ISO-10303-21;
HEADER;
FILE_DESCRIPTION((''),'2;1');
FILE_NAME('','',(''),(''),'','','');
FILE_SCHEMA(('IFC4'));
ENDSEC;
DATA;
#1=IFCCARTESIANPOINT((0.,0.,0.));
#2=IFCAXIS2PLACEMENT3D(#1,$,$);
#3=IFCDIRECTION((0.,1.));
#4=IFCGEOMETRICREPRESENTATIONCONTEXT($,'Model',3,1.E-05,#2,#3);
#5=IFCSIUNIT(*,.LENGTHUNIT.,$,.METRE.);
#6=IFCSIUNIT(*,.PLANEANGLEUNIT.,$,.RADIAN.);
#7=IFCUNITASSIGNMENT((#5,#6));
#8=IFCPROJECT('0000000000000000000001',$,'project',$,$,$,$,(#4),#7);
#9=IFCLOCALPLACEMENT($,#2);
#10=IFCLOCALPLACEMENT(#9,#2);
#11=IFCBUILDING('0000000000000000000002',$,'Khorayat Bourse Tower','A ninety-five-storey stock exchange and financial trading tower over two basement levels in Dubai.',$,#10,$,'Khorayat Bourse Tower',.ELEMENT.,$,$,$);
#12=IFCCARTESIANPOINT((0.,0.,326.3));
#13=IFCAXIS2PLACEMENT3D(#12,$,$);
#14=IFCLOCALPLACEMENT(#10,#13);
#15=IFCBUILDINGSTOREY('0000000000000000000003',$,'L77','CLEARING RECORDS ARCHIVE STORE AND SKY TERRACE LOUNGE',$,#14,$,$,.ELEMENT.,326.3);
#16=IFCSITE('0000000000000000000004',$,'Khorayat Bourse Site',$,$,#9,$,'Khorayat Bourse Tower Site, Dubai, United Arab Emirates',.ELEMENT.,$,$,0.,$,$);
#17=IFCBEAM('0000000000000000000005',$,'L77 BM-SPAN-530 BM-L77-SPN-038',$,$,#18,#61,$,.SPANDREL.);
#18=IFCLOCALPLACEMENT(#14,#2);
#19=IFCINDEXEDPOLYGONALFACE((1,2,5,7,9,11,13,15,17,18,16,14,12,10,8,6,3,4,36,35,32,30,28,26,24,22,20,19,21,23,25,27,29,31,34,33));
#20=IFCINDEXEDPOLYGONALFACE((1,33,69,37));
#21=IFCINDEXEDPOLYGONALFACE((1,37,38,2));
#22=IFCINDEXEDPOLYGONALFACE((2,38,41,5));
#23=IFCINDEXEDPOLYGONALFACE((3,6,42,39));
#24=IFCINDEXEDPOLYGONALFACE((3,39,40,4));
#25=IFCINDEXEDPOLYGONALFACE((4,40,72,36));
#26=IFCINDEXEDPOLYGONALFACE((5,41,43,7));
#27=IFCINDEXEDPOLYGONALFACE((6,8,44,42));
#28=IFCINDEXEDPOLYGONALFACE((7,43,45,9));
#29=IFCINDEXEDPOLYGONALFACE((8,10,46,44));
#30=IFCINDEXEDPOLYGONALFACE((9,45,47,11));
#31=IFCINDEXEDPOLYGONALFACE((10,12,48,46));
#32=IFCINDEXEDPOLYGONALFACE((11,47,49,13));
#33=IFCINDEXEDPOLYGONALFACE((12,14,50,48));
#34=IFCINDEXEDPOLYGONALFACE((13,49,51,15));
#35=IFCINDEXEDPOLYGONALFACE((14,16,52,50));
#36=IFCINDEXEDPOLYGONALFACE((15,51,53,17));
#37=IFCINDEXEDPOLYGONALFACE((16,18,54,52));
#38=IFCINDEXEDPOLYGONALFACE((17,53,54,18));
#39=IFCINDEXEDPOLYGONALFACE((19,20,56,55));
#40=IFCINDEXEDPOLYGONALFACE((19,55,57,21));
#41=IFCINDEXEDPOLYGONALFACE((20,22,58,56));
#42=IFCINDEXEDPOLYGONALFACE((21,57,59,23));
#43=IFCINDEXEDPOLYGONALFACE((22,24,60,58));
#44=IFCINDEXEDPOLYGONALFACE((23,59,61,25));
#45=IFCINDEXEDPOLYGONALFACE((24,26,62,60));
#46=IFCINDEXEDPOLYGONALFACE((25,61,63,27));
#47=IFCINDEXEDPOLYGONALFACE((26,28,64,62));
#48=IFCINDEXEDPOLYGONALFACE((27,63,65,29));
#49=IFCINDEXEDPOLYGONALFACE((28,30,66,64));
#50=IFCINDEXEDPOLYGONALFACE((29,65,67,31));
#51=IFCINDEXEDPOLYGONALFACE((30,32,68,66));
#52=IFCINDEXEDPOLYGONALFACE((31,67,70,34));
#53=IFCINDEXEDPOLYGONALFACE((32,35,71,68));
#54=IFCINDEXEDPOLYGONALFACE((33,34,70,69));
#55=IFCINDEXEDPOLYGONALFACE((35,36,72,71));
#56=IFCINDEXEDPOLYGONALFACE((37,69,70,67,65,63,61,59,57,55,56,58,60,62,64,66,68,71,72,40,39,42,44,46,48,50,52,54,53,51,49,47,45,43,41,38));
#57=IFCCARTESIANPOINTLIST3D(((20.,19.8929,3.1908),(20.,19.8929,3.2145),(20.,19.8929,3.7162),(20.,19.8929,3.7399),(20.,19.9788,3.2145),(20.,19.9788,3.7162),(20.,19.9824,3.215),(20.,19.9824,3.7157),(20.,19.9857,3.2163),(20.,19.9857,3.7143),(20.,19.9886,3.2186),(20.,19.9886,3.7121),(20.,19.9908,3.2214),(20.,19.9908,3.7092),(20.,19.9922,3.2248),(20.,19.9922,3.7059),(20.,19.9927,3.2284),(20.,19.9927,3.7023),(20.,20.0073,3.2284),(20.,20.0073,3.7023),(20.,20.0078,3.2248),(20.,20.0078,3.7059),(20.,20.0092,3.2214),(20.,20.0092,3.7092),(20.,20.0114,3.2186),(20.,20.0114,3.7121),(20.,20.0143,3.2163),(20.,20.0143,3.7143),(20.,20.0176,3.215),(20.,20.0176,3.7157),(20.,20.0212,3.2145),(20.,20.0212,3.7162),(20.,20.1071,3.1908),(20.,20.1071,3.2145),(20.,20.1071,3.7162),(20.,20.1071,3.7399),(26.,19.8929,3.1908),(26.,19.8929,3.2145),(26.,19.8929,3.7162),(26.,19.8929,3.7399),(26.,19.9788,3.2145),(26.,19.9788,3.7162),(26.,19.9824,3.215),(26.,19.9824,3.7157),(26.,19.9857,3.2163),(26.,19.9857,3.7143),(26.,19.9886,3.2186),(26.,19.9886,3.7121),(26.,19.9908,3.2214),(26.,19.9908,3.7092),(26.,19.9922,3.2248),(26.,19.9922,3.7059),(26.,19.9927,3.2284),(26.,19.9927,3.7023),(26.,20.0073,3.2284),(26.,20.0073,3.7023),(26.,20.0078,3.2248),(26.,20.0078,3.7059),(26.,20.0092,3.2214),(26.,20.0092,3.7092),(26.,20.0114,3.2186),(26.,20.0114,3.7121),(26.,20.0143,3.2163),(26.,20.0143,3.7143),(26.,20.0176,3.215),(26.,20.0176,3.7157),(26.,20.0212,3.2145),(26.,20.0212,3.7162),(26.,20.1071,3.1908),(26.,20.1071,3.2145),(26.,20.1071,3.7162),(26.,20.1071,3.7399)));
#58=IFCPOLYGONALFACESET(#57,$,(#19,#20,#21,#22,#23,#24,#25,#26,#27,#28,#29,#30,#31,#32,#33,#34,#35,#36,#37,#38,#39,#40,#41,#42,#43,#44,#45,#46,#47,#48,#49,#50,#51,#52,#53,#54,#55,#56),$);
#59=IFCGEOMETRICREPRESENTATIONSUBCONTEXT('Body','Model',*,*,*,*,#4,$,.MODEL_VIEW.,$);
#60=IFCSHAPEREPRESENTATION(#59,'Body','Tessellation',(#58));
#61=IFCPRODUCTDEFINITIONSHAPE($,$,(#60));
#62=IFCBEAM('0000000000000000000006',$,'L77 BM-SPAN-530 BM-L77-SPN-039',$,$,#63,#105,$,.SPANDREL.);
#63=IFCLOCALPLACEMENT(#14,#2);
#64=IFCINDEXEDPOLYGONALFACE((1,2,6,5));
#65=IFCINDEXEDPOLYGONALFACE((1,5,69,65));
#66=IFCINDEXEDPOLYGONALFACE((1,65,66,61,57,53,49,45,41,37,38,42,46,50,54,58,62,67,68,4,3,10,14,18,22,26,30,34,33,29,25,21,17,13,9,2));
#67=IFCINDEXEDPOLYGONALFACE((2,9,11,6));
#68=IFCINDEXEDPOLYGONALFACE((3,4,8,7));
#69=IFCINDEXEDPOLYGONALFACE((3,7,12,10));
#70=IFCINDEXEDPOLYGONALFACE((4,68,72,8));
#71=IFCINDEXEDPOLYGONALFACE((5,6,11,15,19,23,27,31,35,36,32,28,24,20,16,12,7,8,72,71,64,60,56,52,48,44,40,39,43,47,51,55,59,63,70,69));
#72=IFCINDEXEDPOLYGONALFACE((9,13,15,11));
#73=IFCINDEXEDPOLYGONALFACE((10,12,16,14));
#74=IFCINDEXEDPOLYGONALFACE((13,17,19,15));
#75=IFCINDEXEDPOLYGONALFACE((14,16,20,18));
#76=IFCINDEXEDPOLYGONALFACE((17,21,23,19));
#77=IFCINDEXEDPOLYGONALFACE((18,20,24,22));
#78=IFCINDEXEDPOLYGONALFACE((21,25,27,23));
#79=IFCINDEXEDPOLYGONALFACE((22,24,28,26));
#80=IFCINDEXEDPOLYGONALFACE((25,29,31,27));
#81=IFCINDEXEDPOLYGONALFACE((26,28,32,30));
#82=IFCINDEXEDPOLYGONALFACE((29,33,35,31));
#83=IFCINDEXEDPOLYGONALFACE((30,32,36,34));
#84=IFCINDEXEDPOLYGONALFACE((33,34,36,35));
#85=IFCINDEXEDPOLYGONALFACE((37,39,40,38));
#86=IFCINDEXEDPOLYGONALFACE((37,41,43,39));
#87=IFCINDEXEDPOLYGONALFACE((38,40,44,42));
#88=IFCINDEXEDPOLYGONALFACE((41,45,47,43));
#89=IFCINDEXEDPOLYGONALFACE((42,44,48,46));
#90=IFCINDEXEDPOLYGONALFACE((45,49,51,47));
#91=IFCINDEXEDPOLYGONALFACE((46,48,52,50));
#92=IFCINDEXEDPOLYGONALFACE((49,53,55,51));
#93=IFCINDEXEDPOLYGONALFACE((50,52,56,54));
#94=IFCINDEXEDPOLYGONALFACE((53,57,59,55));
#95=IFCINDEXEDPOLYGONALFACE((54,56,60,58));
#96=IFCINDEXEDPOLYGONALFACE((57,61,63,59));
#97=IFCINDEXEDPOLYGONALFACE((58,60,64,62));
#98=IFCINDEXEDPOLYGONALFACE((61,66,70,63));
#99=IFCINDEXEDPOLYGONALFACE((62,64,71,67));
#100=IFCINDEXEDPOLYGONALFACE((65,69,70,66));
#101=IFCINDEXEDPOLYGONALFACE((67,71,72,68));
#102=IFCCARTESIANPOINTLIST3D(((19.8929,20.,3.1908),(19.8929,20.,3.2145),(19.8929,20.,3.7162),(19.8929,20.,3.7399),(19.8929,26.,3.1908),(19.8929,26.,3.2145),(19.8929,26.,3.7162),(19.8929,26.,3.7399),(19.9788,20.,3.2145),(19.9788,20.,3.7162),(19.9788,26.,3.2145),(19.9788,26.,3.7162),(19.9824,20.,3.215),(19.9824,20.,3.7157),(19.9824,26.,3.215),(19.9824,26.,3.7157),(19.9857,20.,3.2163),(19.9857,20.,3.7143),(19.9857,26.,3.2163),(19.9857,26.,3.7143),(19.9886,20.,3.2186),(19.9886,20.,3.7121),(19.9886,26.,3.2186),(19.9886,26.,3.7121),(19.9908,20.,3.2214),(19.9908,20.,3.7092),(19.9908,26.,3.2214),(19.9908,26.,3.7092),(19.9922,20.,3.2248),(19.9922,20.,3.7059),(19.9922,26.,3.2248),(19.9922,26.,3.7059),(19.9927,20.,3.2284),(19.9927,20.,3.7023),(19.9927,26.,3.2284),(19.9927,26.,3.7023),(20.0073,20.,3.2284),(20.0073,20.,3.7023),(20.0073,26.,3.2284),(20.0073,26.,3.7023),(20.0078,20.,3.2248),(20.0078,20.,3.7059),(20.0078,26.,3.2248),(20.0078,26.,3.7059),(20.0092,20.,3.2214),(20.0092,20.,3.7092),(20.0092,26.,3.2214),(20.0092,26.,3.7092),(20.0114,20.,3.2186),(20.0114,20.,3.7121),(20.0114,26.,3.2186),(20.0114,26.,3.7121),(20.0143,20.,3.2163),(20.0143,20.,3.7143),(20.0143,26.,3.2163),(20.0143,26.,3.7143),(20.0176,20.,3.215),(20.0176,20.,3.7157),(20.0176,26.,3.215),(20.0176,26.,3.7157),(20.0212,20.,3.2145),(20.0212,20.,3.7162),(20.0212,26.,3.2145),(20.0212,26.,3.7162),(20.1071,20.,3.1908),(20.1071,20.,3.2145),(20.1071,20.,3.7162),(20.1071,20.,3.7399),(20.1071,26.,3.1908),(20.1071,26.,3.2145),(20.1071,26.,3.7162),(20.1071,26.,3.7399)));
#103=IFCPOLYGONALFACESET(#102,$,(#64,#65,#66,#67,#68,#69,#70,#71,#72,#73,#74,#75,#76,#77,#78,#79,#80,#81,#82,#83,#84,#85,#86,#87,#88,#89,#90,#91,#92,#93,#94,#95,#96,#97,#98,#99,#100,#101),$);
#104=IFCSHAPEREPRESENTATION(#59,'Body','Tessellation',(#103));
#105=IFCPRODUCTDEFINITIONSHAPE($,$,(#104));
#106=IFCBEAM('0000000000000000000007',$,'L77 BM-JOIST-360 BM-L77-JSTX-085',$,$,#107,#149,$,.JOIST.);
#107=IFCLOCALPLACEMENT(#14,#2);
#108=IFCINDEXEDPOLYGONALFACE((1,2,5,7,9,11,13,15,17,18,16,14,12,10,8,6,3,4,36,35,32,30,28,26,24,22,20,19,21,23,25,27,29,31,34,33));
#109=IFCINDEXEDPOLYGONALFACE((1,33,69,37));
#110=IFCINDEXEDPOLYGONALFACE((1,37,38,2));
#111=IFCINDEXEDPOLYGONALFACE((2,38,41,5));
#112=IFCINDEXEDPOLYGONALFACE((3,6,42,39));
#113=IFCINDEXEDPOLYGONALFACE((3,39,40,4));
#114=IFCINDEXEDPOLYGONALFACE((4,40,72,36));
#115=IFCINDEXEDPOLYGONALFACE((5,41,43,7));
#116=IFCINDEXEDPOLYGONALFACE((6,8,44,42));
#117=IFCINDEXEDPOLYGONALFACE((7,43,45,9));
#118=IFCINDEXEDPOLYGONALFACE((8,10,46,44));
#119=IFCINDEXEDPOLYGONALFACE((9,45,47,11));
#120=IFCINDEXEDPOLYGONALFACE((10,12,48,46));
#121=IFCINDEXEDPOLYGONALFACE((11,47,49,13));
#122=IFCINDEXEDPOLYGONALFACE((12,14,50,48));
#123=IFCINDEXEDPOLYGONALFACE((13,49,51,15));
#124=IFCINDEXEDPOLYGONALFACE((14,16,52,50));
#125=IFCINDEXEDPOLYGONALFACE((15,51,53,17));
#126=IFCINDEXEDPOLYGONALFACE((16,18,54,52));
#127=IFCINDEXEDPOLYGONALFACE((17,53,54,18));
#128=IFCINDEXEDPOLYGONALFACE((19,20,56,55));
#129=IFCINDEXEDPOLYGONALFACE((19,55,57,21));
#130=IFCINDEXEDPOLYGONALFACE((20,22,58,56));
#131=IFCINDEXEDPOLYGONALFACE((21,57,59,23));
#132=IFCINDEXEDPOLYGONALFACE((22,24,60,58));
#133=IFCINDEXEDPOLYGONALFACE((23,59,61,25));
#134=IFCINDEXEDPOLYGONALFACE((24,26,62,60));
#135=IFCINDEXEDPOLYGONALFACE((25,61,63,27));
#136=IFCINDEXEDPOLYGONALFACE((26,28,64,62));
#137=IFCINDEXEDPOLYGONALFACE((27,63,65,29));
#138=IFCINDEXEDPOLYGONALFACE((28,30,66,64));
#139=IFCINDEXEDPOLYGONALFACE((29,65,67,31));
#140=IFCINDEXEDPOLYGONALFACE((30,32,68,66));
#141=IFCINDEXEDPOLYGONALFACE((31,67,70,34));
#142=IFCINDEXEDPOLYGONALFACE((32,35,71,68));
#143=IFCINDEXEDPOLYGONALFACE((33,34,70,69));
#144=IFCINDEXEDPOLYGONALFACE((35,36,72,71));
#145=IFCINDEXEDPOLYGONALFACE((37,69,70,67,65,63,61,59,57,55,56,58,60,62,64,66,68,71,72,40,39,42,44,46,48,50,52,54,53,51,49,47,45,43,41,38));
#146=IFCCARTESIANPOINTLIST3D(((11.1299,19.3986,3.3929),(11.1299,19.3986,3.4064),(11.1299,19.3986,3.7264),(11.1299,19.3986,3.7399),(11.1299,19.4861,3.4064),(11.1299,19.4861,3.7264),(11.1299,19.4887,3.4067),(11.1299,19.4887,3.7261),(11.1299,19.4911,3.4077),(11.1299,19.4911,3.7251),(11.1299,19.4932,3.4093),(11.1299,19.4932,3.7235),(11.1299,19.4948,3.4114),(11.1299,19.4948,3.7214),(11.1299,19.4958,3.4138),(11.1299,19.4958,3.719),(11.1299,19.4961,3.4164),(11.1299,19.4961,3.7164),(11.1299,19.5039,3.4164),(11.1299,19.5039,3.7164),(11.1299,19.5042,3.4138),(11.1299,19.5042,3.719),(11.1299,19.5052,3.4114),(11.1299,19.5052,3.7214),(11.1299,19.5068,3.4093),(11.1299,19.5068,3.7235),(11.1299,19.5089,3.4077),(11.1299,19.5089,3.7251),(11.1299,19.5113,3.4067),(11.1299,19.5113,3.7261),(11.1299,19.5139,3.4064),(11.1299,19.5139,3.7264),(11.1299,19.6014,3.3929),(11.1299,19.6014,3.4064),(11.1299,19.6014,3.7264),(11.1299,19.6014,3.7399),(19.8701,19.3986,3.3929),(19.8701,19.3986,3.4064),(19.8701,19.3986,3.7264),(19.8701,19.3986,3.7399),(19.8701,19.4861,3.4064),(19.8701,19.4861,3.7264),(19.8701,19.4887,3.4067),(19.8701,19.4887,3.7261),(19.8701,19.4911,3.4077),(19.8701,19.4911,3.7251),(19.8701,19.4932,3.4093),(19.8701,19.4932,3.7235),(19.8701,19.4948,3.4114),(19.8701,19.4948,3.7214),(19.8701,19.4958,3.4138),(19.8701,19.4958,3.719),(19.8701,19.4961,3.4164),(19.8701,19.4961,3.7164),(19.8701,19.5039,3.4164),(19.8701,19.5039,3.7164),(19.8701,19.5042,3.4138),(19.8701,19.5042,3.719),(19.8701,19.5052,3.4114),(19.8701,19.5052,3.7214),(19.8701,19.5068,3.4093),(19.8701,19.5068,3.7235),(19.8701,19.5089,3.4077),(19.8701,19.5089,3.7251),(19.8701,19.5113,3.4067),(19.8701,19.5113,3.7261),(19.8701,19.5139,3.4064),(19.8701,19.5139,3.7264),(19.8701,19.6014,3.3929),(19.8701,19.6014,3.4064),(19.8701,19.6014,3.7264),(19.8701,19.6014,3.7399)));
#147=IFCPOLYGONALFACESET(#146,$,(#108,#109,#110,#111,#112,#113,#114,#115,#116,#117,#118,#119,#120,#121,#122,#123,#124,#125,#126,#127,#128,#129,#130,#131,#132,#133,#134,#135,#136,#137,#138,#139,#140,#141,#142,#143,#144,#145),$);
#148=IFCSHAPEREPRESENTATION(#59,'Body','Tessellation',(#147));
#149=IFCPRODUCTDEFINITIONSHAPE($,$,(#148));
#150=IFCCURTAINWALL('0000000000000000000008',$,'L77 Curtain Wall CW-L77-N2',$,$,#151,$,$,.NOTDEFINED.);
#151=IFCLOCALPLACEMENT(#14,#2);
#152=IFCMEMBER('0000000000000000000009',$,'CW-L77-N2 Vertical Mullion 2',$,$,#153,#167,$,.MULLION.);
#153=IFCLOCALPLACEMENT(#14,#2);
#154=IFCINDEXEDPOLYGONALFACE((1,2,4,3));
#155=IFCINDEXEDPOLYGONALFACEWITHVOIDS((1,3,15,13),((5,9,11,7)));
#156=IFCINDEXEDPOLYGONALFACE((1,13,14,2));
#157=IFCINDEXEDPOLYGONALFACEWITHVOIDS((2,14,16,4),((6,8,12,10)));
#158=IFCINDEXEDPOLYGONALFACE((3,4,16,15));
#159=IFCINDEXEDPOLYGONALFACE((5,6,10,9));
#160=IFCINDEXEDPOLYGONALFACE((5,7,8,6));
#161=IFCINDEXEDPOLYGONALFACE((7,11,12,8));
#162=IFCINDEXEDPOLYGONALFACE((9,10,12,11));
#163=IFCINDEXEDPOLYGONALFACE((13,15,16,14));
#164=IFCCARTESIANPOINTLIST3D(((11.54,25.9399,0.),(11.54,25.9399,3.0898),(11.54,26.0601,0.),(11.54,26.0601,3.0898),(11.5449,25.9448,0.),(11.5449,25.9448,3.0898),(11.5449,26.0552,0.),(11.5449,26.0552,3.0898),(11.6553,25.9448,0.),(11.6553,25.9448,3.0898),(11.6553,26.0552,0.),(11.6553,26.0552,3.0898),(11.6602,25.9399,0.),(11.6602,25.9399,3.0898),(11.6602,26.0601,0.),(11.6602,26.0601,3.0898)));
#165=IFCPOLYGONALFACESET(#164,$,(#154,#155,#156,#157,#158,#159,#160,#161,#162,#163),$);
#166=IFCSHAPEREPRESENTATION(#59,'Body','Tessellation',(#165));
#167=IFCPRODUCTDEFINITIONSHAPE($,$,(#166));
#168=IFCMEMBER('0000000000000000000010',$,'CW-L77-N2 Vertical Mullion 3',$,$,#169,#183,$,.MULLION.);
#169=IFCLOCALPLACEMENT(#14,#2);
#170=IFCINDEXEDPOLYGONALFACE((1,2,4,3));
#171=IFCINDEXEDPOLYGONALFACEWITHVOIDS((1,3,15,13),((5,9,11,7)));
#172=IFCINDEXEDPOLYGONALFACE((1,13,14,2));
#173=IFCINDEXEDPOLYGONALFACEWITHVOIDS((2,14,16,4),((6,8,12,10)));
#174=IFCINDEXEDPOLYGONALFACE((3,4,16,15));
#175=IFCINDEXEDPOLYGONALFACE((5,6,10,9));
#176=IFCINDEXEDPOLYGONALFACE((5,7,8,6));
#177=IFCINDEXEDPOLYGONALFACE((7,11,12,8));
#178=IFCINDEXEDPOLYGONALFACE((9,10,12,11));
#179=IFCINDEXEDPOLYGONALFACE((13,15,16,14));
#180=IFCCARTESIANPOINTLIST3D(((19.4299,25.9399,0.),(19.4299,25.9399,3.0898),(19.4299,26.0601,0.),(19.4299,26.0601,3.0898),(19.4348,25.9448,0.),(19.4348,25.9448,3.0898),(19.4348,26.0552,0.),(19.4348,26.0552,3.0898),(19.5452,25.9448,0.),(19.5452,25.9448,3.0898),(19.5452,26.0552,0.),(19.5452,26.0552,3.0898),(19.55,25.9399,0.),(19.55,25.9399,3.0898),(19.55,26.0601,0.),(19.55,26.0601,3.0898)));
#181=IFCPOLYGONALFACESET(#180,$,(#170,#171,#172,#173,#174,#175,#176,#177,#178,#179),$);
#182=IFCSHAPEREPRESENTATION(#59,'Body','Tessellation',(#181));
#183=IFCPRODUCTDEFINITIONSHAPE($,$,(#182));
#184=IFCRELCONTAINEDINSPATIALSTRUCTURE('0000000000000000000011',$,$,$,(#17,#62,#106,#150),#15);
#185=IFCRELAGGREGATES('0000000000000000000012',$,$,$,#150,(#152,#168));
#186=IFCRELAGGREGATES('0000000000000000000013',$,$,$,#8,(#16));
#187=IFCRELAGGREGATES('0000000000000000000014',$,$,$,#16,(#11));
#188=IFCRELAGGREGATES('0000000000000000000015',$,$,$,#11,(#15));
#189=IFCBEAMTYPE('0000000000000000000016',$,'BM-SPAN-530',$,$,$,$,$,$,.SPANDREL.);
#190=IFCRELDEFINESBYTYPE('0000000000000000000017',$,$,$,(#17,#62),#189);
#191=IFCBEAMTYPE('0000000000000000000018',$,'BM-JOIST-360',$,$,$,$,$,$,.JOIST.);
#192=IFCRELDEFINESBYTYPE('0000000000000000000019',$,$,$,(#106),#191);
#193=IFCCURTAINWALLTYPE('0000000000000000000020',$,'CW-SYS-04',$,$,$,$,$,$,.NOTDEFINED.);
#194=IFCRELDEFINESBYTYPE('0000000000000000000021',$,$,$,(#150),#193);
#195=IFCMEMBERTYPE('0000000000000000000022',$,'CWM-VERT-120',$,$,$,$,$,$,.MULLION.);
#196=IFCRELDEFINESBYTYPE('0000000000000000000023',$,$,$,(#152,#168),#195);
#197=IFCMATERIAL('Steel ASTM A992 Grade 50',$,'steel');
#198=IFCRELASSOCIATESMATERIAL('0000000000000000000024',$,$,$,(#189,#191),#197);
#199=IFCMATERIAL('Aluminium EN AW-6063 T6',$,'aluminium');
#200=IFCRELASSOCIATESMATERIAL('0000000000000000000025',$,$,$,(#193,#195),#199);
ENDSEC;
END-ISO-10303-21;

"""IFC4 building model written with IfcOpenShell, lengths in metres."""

from ifc_helpers import new_model, si_unit, direction, frame, origin, origin_2d, place, context, subcontext, project, spatial, hollow_rectangle, i_section, extrude, source, transform, mapped, material, material_profile, profile_set, type_object, element, aggregate, save


model = new_model("IFC4")

# Units and contexts
model_context = context("Model", 3, precision=1e-05, world=origin(), true_north=direction((0.0, 1.0)))
body_context = subcontext(model_context, "Body", "Model", "MODEL_VIEW")
ifc_project = project(units=[si_unit("LENGTHUNIT", "METRE"), si_unit("PLANEANGLEUNIT", "RADIAN")], contexts=[model_context])

# Site, building, storey
site_placement = place(None, origin())
site = spatial("IfcSite", under=ifc_project, at=site_placement, Name="Khorayat Bourse Site", LongName="Khorayat Bourse Tower Site, Dubai, United Arab Emirates", CompositionType="ELEMENT", RefElevation=0.0)
building_placement = place(site_placement, origin())
building = spatial("IfcBuilding", under=site, at=building_placement, Name="Khorayat Bourse Tower", Description="A ninety-five-storey stock exchange and financial trading tower over two basement levels in Dubai.", LongName="Khorayat Bourse Tower", CompositionType="ELEMENT")
storey_placement = place(building_placement, frame((0.0, 0.0, 326.3)))
storey = spatial("IfcBuildingStorey", under=building, at=storey_placement, Name="L77", Description="CLEARING RECORDS ARCHIVE STORE AND SKY TERRACE LOUNGE", CompositionType="ELEMENT", Elevation=326.3)

# Beams
ifc_material_1 = material(Name="Steel ASTM A992 Grade 50", Category="steel")
ifc_material_profile_1 = material_profile(ifc_material_1, i_section(OverallWidth=0.2141, OverallDepth=0.5491, WebThickness=0.0146, FlangeThickness=0.0237, FilletRadius=0.0139, at=origin_2d()), Name="W530X138")
ifc_profile_set_1 = profile_set([ifc_material_profile_1], Name="Steel ASTM A992 Grade 50")
beam_type_1 = type_object("IfcBeamType", Name="BM-SPAN-530", PredefinedType="SPANDREL", material=ifc_profile_set_1)
shared_shape_1 = source(origin(), body_context, "Body", "SweptSolid", [
    extrude(i_section(OverallWidth=0.2141, OverallDepth=0.5491, WebThickness=0.0146, FlangeThickness=0.0237, FilletRadius=0.0139, at=origin_2d()), origin(), (0.0, 0.0, 1.0), 6.0),
])
for number, where, z_axis, x_axis, name in (
    (1, (20.0, 20.0, 3.4653), (1.0, 0.0, 0.0), (0.0, 1.0, 0.0), "L77 BM-SPAN-530 BM-L77-SPN-038"),
    (2, (20.0, 20.0, 3.4653), (0.0, 1.0, 0.0), (-1.0, 0.0, 0.0), "L77 BM-SPAN-530 BM-L77-SPN-039"),
):
    element("IfcBeam", number, at=place(storey_placement, frame(where, z_axis=z_axis, x_axis=x_axis)), inside=storey, type_object=beam_type_1, Name=name, PredefinedType="SPANDREL", context=body_context, shape_type="MappedRepresentation", body=[
        mapped(shared_shape_1, transform((0.0, 0.0, 0.0), scale=1.0)),
    ])
ifc_material_profile_2 = material_profile(ifc_material_1, i_section(OverallWidth=0.2029, OverallDepth=0.3469, WebThickness=0.0078, FlangeThickness=0.0134, FilletRadius=0.01, at=origin_2d()), Name="W360X64")
ifc_profile_set_2 = profile_set([ifc_material_profile_2], Name="Steel ASTM A992 Grade 50")
beam_type_2 = type_object("IfcBeamType", Name="BM-JOIST-360", PredefinedType="JOIST", material=ifc_profile_set_2)
shared_shape_2 = source(origin(), body_context, "Body", "SweptSolid", [
    extrude(i_section(OverallWidth=0.2029, OverallDepth=0.3469, WebThickness=0.0078, FlangeThickness=0.0134, FilletRadius=0.01, at=origin_2d()), origin(), (0.0, 0.0, 1.0), 8.7402),
])
beam_placement = place(storey_placement, frame((11.1299, 19.5, 3.5664), z_axis=(1.0, 0.0, 0.0), x_axis=(0.0, 1.0, 0.0)))
element("IfcBeam", 3, at=beam_placement, inside=storey, type_object=beam_type_2, Name="L77 BM-JOIST-360 BM-L77-JSTX-085", PredefinedType="JOIST", context=body_context, shape_type="MappedRepresentation", body=[
    mapped(shared_shape_2, transform((0.0, 0.0, 0.0), scale=1.0)),
])

# Curtain wall, members
ifc_material_2 = material(Name="Aluminium EN AW-6063 T6", Category="aluminium")
curtain_wall_type = type_object("IfcCurtainWallType", Name="CW-SYS-04", PredefinedType="NOTDEFINED", material=ifc_material_2)
curtain_wall_1_placement = place(storey_placement, origin())
curtain_wall_1 = element("IfcCurtainWall", 4, at=curtain_wall_1_placement, inside=storey, type_object=curtain_wall_type, Name="L77 Curtain Wall CW-L77-N2", PredefinedType="NOTDEFINED")
ifc_material_profile_3 = material_profile(ifc_material_2, hollow_rectangle(XDim=0.1201, YDim=0.1201, WallThickness=0.0049, at=origin_2d()), Name="ALU 120x120x5")
ifc_profile_set_3 = profile_set([ifc_material_profile_3], Name="Aluminium EN AW-6063 T6")
member_type_1 = type_object("IfcMemberType", Name="CWM-VERT-120", PredefinedType="MULLION", material=ifc_profile_set_3)
shared_shape_3 = source(origin(), body_context, "Body", "SweptSolid", [
    extrude(hollow_rectangle(XDim=0.1201, YDim=0.1201, WallThickness=0.0049, at=origin_2d()), origin(), (0.0, 0.0, 1.0), 3.0898),
])
member_1_placement = place(storey_placement, frame((11.6001, 26.0, 0.0), z_axis=(0.0, 0.0, 1.0), x_axis=(0.0, 1.0, 0.0)))
member_1 = element("IfcMember", 5, at=member_1_placement, type_object=member_type_1, Name="CW-L77-N2 Vertical Mullion 2", PredefinedType="MULLION", context=body_context, shape_type="MappedRepresentation", body=[
    mapped(shared_shape_3, transform((0.0, 0.0, 0.0), scale=1.0)),
])
member_2_placement = place(storey_placement, frame((19.49, 26.0, 0.0), z_axis=(0.0, 0.0, 1.0), x_axis=(0.0, 1.0, 0.0)))
member_2 = element("IfcMember", 6, at=member_2_placement, type_object=member_type_1, Name="CW-L77-N2 Vertical Mullion 3", PredefinedType="MULLION", context=body_context, shape_type="MappedRepresentation", body=[
    mapped(shared_shape_3, transform((0.0, 0.0, 0.0), scale=1.0)),
])

aggregate(curtain_wall_1, [member_1, member_2])

save(model, "model.ifc")
